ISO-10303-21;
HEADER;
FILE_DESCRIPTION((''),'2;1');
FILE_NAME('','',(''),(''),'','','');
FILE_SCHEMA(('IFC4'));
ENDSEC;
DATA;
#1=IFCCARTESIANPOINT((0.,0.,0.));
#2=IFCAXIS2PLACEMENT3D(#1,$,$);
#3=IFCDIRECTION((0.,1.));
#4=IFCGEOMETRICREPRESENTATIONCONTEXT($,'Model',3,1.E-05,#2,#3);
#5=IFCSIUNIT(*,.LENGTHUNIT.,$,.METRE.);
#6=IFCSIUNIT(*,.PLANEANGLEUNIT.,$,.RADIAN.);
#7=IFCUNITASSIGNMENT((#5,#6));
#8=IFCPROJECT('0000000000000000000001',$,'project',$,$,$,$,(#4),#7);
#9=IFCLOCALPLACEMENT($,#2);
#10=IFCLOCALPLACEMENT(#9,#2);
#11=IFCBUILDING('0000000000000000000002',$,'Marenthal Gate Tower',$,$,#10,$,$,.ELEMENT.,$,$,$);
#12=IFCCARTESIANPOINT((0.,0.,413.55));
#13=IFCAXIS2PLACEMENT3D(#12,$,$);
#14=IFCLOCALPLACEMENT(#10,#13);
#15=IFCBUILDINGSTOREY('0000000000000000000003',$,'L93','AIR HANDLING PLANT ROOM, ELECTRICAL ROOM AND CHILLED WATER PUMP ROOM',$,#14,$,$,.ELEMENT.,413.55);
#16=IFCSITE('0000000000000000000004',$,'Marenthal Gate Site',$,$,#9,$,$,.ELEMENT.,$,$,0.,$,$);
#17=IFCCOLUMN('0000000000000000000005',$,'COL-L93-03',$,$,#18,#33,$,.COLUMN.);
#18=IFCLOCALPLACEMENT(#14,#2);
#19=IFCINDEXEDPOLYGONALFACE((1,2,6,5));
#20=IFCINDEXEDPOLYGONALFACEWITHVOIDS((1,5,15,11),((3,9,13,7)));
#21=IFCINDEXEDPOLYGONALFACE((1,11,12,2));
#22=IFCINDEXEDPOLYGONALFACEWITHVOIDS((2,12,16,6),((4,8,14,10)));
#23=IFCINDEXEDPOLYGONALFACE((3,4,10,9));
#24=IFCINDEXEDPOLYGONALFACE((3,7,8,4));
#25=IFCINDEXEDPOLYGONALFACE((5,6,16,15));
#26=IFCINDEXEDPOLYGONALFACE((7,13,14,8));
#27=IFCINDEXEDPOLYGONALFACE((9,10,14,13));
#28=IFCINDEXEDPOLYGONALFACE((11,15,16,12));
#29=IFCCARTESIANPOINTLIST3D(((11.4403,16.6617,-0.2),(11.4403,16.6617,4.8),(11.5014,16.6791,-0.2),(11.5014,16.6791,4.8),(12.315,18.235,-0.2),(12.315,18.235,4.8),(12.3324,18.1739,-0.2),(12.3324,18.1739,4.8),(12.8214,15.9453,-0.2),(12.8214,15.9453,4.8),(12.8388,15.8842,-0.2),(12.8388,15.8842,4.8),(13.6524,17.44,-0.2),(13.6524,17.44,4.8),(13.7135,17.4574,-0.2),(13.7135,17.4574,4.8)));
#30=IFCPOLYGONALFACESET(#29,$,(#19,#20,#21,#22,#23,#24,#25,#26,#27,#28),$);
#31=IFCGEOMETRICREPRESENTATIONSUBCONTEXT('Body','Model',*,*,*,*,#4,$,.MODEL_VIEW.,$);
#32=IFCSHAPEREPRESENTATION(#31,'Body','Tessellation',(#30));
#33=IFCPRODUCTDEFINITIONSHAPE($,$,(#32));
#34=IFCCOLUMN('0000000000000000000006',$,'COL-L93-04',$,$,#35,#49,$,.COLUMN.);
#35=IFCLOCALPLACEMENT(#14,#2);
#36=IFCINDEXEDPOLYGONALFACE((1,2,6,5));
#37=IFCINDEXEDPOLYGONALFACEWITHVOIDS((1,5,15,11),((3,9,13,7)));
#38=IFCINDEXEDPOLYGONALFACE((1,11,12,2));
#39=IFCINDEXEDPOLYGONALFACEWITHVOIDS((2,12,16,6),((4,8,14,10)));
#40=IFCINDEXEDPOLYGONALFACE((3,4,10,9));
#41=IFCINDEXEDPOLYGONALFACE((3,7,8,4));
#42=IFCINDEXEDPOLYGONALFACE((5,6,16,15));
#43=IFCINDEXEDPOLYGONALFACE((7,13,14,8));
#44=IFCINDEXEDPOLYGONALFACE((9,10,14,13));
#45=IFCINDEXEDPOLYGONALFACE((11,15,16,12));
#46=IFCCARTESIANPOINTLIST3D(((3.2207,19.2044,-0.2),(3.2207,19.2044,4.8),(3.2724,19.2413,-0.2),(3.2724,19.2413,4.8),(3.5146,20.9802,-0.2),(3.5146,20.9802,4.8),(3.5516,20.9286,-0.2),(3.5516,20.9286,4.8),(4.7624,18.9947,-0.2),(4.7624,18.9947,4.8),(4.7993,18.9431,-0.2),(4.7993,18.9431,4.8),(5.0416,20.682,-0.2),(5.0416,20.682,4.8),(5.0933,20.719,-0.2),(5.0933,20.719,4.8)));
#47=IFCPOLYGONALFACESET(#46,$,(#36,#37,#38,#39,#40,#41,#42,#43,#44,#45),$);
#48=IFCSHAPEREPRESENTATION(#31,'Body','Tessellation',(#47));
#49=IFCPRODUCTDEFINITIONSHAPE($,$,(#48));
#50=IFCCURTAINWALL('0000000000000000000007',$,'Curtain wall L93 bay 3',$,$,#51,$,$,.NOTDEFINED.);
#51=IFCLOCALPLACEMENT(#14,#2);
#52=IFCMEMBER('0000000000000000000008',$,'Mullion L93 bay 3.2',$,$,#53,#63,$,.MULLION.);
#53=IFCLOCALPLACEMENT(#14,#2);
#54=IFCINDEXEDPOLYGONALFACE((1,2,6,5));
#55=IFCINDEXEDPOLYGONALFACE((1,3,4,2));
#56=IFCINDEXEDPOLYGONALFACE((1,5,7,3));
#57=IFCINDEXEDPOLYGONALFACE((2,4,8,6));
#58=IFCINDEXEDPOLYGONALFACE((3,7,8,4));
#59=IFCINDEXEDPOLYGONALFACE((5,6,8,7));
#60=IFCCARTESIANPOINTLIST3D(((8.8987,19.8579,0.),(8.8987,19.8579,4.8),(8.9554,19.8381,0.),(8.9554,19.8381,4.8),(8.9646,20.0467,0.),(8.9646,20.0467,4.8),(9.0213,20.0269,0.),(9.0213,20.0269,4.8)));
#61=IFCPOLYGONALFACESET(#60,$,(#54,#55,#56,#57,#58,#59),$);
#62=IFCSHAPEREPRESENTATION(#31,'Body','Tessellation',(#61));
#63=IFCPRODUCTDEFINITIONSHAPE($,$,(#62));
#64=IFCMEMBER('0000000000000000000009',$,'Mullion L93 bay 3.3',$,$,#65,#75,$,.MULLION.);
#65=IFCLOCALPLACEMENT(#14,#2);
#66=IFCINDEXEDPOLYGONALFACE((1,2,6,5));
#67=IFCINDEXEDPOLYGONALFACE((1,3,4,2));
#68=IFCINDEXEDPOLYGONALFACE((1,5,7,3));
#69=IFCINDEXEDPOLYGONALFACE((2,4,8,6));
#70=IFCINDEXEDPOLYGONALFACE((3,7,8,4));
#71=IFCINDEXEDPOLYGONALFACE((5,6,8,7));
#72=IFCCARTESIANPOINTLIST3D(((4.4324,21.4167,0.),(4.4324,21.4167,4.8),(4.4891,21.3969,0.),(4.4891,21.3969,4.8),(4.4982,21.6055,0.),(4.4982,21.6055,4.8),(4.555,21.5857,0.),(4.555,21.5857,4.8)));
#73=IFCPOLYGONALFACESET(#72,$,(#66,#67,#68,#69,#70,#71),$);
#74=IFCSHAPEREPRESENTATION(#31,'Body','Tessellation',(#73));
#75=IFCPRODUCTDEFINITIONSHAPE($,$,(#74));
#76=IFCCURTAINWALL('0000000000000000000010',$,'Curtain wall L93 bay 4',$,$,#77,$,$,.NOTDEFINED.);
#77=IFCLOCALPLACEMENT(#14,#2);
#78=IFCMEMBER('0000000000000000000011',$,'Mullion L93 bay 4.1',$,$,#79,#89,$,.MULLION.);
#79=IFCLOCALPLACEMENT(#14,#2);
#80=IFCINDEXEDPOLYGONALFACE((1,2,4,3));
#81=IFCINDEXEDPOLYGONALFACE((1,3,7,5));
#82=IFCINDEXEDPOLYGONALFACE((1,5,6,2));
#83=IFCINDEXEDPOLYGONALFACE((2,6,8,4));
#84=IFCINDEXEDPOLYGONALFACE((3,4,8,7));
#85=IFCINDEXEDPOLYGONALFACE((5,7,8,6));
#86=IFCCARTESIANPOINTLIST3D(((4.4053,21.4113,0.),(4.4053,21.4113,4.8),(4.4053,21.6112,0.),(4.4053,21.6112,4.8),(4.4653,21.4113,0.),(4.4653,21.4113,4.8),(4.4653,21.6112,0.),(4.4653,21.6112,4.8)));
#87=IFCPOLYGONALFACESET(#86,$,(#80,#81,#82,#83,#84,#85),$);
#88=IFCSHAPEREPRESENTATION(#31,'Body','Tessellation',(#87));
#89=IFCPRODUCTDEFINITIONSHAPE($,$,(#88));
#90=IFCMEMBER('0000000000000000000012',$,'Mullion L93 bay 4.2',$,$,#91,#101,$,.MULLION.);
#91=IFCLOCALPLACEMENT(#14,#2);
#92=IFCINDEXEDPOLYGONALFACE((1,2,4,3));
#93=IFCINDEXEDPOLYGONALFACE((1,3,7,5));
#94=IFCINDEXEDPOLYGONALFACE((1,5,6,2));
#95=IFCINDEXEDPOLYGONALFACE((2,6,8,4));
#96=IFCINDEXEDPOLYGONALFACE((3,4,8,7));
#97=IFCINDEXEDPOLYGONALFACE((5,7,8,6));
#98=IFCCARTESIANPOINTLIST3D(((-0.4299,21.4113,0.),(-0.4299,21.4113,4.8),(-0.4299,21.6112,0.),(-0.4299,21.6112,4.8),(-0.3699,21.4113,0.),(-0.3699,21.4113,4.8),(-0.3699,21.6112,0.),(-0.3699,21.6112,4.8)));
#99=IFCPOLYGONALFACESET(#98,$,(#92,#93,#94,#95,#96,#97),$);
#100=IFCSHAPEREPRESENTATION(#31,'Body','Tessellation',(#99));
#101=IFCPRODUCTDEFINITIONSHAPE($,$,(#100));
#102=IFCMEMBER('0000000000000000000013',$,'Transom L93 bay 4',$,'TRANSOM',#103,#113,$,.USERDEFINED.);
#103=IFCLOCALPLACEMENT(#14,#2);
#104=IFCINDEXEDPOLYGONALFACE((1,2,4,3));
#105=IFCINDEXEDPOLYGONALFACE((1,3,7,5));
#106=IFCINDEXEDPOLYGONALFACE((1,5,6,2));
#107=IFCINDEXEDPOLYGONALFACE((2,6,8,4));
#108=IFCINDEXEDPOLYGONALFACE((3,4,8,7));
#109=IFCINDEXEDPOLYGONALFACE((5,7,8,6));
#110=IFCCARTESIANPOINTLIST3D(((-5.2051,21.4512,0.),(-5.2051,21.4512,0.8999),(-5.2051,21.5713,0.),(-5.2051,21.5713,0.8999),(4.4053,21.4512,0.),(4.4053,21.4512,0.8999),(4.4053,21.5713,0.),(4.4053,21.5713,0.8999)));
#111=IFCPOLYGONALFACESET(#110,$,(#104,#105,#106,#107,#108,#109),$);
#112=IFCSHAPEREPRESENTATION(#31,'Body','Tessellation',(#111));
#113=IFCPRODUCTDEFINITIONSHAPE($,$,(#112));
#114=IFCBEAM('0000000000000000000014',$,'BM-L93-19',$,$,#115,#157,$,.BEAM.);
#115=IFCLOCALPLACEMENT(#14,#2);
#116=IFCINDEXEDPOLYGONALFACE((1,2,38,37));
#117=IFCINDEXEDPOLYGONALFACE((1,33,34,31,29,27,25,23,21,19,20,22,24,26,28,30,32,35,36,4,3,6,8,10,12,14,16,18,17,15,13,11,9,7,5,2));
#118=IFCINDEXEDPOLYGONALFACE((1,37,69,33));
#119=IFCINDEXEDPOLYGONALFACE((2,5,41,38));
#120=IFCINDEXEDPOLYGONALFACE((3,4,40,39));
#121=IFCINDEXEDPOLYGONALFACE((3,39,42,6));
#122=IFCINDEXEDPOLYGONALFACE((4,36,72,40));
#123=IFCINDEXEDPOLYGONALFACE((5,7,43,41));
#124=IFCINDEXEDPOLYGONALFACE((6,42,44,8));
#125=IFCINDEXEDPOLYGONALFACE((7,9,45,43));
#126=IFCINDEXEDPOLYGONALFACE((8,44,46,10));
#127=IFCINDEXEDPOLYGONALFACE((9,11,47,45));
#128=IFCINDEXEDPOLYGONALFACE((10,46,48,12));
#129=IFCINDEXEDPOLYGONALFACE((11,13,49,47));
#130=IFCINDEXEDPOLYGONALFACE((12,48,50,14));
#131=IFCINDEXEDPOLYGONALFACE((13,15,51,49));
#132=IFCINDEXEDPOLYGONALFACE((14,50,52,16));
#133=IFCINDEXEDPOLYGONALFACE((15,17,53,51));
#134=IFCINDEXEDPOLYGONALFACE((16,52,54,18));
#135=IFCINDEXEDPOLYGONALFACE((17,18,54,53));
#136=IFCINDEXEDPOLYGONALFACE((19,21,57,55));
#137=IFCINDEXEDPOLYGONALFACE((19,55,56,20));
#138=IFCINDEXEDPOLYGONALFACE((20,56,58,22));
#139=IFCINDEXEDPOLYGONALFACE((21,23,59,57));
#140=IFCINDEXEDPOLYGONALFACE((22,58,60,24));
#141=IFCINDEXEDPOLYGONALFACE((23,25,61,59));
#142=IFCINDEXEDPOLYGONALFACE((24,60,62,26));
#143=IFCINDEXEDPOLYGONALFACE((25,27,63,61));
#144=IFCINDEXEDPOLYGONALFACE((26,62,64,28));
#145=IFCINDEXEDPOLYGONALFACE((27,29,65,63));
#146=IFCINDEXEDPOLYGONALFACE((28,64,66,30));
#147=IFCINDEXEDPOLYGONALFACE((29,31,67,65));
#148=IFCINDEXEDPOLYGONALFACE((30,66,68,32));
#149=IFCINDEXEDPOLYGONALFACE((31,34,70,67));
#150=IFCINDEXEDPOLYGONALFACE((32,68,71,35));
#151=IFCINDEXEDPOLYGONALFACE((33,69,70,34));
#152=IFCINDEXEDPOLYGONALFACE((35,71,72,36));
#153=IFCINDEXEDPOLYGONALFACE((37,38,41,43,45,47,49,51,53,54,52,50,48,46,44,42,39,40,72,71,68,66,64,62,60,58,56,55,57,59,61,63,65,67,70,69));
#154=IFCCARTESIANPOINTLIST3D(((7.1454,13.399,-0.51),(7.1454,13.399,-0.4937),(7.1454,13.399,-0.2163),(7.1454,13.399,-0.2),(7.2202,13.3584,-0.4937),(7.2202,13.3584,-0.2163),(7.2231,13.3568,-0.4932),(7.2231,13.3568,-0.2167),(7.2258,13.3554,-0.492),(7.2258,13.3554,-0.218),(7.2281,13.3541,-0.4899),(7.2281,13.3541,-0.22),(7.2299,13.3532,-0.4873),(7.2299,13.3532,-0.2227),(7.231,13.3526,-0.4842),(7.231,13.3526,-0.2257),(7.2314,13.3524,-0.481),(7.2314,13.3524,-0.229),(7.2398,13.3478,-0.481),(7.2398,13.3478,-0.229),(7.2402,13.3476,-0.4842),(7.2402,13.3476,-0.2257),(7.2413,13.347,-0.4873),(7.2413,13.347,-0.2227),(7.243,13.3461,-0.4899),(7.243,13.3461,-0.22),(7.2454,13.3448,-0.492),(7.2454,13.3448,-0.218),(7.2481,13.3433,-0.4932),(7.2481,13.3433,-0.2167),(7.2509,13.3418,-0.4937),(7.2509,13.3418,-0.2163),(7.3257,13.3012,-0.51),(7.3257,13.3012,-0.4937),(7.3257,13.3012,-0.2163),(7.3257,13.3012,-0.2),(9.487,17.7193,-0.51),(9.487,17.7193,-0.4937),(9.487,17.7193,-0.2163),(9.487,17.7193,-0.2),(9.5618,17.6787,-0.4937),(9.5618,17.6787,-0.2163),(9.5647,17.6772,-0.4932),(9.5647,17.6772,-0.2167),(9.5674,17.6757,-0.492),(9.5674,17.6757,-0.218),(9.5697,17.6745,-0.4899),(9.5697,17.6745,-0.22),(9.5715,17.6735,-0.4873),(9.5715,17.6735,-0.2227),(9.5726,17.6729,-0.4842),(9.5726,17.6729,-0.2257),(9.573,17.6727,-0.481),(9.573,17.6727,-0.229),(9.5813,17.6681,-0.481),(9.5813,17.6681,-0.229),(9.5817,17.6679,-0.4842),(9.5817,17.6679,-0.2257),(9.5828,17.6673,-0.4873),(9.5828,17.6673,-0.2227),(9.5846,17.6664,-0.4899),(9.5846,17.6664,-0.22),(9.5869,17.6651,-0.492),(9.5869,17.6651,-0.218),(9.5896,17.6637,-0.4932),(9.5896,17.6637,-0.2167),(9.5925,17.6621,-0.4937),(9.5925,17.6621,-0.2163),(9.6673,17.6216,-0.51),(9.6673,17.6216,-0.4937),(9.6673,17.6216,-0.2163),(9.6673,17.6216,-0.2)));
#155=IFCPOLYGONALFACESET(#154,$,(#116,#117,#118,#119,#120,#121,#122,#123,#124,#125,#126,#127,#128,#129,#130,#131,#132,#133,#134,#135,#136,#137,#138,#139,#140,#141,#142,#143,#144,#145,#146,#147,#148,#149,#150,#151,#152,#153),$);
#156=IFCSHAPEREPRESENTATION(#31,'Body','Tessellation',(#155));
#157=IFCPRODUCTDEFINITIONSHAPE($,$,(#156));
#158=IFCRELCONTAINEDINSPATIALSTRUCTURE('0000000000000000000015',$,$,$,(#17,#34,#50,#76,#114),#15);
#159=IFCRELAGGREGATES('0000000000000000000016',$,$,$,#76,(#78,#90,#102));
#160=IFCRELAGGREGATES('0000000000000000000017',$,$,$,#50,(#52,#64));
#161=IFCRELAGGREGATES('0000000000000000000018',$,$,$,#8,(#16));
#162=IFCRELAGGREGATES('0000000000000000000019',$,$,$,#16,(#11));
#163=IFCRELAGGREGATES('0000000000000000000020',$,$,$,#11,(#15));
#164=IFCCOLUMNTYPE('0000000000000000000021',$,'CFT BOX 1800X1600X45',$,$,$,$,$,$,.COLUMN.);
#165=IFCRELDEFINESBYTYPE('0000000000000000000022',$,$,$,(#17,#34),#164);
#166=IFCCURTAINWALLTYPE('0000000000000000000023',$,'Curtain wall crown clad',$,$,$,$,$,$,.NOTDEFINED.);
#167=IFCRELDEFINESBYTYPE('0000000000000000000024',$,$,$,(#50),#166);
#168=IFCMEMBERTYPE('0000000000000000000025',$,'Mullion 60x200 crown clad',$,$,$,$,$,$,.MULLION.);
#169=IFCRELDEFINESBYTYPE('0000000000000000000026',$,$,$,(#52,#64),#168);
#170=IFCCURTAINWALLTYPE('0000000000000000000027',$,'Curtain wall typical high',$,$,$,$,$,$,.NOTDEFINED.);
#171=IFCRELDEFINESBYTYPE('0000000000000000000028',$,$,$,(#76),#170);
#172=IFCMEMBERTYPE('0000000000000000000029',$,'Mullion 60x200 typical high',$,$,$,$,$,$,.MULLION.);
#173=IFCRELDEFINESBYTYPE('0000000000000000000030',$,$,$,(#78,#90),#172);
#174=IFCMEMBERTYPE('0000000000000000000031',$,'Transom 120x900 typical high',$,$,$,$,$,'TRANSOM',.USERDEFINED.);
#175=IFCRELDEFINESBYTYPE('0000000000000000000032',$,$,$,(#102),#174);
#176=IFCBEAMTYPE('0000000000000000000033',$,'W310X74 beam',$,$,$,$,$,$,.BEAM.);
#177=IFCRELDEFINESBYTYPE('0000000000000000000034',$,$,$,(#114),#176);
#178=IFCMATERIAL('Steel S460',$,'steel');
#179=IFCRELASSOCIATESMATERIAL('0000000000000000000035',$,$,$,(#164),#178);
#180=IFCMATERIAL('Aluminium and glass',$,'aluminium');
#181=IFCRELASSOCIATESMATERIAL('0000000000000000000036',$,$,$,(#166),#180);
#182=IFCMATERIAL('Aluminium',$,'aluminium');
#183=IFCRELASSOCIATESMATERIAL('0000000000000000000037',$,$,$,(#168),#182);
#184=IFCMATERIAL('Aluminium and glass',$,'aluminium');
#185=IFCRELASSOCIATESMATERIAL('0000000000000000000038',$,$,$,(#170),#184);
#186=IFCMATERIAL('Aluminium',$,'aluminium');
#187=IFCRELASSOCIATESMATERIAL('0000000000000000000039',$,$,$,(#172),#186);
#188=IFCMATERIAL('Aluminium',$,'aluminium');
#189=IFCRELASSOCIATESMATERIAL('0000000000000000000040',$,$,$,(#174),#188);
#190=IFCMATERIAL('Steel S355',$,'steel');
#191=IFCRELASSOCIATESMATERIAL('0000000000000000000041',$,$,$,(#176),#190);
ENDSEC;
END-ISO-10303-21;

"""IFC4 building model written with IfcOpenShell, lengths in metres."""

from ifc_helpers import new_model, si_unit, direction, frame, origin, origin_2d, place, context, subcontext, project, spatial, rectangle, hollow_rectangle, i_section, extrude, material, material_profile, profile_set, type_object, element, aggregate, save


model = new_model("IFC4")

# Units and contexts
model_context = context("Model", 3, precision=1e-05, world=origin(), true_north=direction((0.0, 1.0)))
body_context = subcontext(model_context, "Body", "Model", "MODEL_VIEW")
ifc_project = project(units=[si_unit("LENGTHUNIT", "METRE"), si_unit("PLANEANGLEUNIT", "RADIAN")], contexts=[model_context])

# Site, building, storey
site_placement = place(None, origin())
site = spatial("IfcSite", under=ifc_project, at=site_placement, Name="Marenthal Gate Site", CompositionType="ELEMENT", RefElevation=0.0)
building_placement = place(site_placement, origin())
building = spatial("IfcBuilding", under=site, at=building_placement, Name="Marenthal Gate Tower", CompositionType="ELEMENT")
storey_placement = place(building_placement, frame((0.0, 0.0, 413.55)))
storey = spatial("IfcBuildingStorey", under=building, at=storey_placement, Name="L93", Description="AIR HANDLING PLANT ROOM, ELECTRICAL ROOM AND CHILLED WATER PUMP ROOM", CompositionType="ELEMENT", Elevation=413.55)

# Columns
ifc_material_1 = material(Name="Steel S460", Category="steel")
ifc_material_profile_1 = material_profile(ifc_material_1, hollow_rectangle(XDim=1.6001, YDim=1.8, WallThickness=0.0449, at=origin_2d()), Name="CFT BOX 1800X1600X45")
ifc_material_2 = material(Name="Concrete 70 MPa", Category="concrete")
ifc_material_profile_2 = material_profile(ifc_material_2, rectangle(XDim=1.51, YDim=1.71, at=origin_2d()), Name="CFT BOX 1800X1600X45 INFILL")
ifc_profile_set_1 = profile_set([ifc_material_profile_1, ifc_material_profile_2], Name="Steel S460 shell, Concrete 70 MPa infill")
column_type = type_object("IfcColumnType", Name="CFT BOX 1800X1600X45", PredefinedType="COLUMN", material=ifc_profile_set_1)
for number, where, z_axis, x_axis, name in (
    (1, (12.5769, 17.0596, -0.2), (0.0, 0.0, 1.0), (0.874008, -0.485911, 0.0), "COL-L93-03"),
    (2, (4.157, 19.9617, -0.2), (0.0, 0.0, 1.0), (0.986579, -0.163283, 0.0), "COL-L93-04"),
):
    element("IfcColumn", number, at=place(storey_placement, frame(where, z_axis=z_axis, x_axis=x_axis)), inside=storey, type_object=column_type, Name=name, PredefinedType="COLUMN", context=body_context, shape_type="SweptSolid", body=[
        extrude(hollow_rectangle(XDim=1.6001, YDim=1.8, WallThickness=0.0449, at=origin_2d()), origin(), (0.0, 0.0, 1.0), 5.0),
    ])

# Curtain walls, members
ifc_material_3 = material(Name="Aluminium and glass", Category="aluminium")
curtain_wall_type_1 = type_object("IfcCurtainWallType", Name="Curtain wall crown clad", PredefinedType="NOTDEFINED", material=ifc_material_3)
curtain_wall_1_placement = place(storey_placement, origin())
curtain_wall_1 = element("IfcCurtainWall", 3, at=curtain_wall_1_placement, inside=storey, type_object=curtain_wall_type_1, Name="Curtain wall L93 bay 3", PredefinedType="NOTDEFINED")
ifc_material_4 = material(Name="Aluminium", Category="aluminium")
ifc_material_profile_3 = material_profile(ifc_material_4, rectangle(XDim=0.2, YDim=0.0601, at=origin_2d()), Name="60x200 aluminium mullion")
ifc_profile_set_2 = profile_set([ifc_material_profile_3], Name="Aluminium")
member_type_1 = type_object("IfcMemberType", Name="Mullion 60x200 crown clad", PredefinedType="MULLION", material=ifc_profile_set_2)
member_1_placement = place(storey_placement, frame((8.96, 19.9424, 0.0), z_axis=(0.0, 0.0, 1.0), x_axis=(-0.329559, -0.944135, 0.0)))
member_1 = element("IfcMember", 4, at=member_1_placement, type_object=member_type_1, Name="Mullion L93 bay 3.2", PredefinedType="MULLION", context=body_context, shape_type="SweptSolid", body=[
    extrude(rectangle(XDim=0.2, YDim=0.0601, at=origin_2d()), origin(), (0.0, 0.0, 1.0), 4.8),
])
member_2_placement = place(storey_placement, frame((4.4937, 21.5012, 0.0), z_axis=(0.0, 0.0, 1.0), x_axis=(-0.329559, -0.944135, 0.0)))
member_2 = element("IfcMember", 5, at=member_2_placement, type_object=member_type_1, Name="Mullion L93 bay 3.3", PredefinedType="MULLION", context=body_context, shape_type="SweptSolid", body=[
    extrude(rectangle(XDim=0.2, YDim=0.0601, at=origin_2d()), origin(), (0.0, 0.0, 1.0), 4.8),
])
ifc_material_5 = material(Name="Aluminium and glass", Category="aluminium")
curtain_wall_type_2 = type_object("IfcCurtainWallType", Name="Curtain wall typical high", PredefinedType="NOTDEFINED", material=ifc_material_5)
curtain_wall_2_placement = place(storey_placement, origin())
curtain_wall_2 = element("IfcCurtainWall", 6, at=curtain_wall_2_placement, inside=storey, type_object=curtain_wall_type_2, Name="Curtain wall L93 bay 4", PredefinedType="NOTDEFINED")
ifc_material_6 = material(Name="Aluminium", Category="aluminium")
ifc_material_profile_4 = material_profile(ifc_material_6, rectangle(XDim=0.2, YDim=0.0601, at=origin_2d()), Name="60x200 aluminium mullion")
ifc_profile_set_3 = profile_set([ifc_material_profile_4], Name="Aluminium")
member_type_2 = type_object("IfcMemberType", Name="Mullion 60x200 typical high", PredefinedType="MULLION", material=ifc_profile_set_3)
member_3_placement = place(storey_placement, frame((4.4353, 21.5112, 0.0), z_axis=(0.0, 0.0, 1.0), x_axis=(0.0, -1.0, 0.0)))
member_3 = element("IfcMember", 7, at=member_3_placement, type_object=member_type_2, Name="Mullion L93 bay 4.1", PredefinedType="MULLION", context=body_context, shape_type="SweptSolid", body=[
    extrude(rectangle(XDim=0.2, YDim=0.0601, at=origin_2d()), origin(), (0.0, 0.0, 1.0), 4.8),
])
member_4_placement = place(storey_placement, frame((-0.3999, 21.5112, 0.0), z_axis=(0.0, 0.0, 1.0), x_axis=(0.0, -1.0, 0.0)))
member_4 = element("IfcMember", 8, at=member_4_placement, type_object=member_type_2, Name="Mullion L93 bay 4.2", PredefinedType="MULLION", context=body_context, shape_type="SweptSolid", body=[
    extrude(rectangle(XDim=0.2, YDim=0.0601, at=origin_2d()), origin(), (0.0, 0.0, 1.0), 4.8),
])
ifc_material_7 = material(Name="Aluminium", Category="aluminium")
ifc_material_profile_5 = material_profile(ifc_material_7, rectangle(XDim=0.1201, YDim=0.8999, at=origin_2d()), Name="120x900 aluminium transom")
ifc_profile_set_4 = profile_set([ifc_material_profile_5], Name="Aluminium")
member_type_3 = type_object("IfcMemberType", Name="Transom 120x900 typical high", ElementType="TRANSOM", PredefinedType="USERDEFINED", material=ifc_profile_set_4)
member_5_placement = place(storey_placement, frame((4.4053, 21.5112, 0.45), z_axis=(-1.0, 0.0, 0.0), x_axis=(0.0, -1.0, 0.0)))
member_5 = element("IfcMember", 9, at=member_5_placement, type_object=member_type_3, Name="Transom L93 bay 4", ObjectType="TRANSOM", PredefinedType="USERDEFINED", context=body_context, shape_type="SweptSolid", body=[
    extrude(rectangle(XDim=0.1201, YDim=0.8999, at=origin_2d()), origin(), (0.0, 0.0, 1.0), 9.6104),
])

# Beam
ifc_material_8 = material(Name="Steel S355", Category="steel")
ifc_material_profile_6 = material_profile(ifc_material_8, i_section(OverallWidth=0.2051, OverallDepth=0.3101, WebThickness=0.0095, FlangeThickness=0.0164, FilletRadius=0.0127, at=origin_2d()), Name="W310X74")
ifc_profile_set_5 = profile_set([ifc_material_profile_6], Name="Steel S355")
beam_type_1 = type_object("IfcBeamType", Name="W310X74 beam", PredefinedType="BEAM", material=ifc_profile_set_5)
beam_1_placement = place(storey_placement, frame((9.5771, 17.6704, -0.355), z_axis=(-0.476501, -0.879174, 0.0), x_axis=(0.879174, -0.476501, 0.0)))
element("IfcBeam", 10, at=beam_1_placement, inside=storey, type_object=beam_type_1, Name="BM-L93-19", PredefinedType="BEAM", context=body_context, shape_type="SweptSolid", body=[
    extrude(i_section(OverallWidth=0.2051, OverallDepth=0.3101, WebThickness=0.0095, FlangeThickness=0.0164, FilletRadius=0.0127, at=origin_2d()), origin(), (0.0, 0.0, 1.0), 4.9141),
])

aggregate(curtain_wall_2, [member_3, member_4, member_5])
aggregate(curtain_wall_1, [member_1, member_2])

save(model, "model.ifc")
